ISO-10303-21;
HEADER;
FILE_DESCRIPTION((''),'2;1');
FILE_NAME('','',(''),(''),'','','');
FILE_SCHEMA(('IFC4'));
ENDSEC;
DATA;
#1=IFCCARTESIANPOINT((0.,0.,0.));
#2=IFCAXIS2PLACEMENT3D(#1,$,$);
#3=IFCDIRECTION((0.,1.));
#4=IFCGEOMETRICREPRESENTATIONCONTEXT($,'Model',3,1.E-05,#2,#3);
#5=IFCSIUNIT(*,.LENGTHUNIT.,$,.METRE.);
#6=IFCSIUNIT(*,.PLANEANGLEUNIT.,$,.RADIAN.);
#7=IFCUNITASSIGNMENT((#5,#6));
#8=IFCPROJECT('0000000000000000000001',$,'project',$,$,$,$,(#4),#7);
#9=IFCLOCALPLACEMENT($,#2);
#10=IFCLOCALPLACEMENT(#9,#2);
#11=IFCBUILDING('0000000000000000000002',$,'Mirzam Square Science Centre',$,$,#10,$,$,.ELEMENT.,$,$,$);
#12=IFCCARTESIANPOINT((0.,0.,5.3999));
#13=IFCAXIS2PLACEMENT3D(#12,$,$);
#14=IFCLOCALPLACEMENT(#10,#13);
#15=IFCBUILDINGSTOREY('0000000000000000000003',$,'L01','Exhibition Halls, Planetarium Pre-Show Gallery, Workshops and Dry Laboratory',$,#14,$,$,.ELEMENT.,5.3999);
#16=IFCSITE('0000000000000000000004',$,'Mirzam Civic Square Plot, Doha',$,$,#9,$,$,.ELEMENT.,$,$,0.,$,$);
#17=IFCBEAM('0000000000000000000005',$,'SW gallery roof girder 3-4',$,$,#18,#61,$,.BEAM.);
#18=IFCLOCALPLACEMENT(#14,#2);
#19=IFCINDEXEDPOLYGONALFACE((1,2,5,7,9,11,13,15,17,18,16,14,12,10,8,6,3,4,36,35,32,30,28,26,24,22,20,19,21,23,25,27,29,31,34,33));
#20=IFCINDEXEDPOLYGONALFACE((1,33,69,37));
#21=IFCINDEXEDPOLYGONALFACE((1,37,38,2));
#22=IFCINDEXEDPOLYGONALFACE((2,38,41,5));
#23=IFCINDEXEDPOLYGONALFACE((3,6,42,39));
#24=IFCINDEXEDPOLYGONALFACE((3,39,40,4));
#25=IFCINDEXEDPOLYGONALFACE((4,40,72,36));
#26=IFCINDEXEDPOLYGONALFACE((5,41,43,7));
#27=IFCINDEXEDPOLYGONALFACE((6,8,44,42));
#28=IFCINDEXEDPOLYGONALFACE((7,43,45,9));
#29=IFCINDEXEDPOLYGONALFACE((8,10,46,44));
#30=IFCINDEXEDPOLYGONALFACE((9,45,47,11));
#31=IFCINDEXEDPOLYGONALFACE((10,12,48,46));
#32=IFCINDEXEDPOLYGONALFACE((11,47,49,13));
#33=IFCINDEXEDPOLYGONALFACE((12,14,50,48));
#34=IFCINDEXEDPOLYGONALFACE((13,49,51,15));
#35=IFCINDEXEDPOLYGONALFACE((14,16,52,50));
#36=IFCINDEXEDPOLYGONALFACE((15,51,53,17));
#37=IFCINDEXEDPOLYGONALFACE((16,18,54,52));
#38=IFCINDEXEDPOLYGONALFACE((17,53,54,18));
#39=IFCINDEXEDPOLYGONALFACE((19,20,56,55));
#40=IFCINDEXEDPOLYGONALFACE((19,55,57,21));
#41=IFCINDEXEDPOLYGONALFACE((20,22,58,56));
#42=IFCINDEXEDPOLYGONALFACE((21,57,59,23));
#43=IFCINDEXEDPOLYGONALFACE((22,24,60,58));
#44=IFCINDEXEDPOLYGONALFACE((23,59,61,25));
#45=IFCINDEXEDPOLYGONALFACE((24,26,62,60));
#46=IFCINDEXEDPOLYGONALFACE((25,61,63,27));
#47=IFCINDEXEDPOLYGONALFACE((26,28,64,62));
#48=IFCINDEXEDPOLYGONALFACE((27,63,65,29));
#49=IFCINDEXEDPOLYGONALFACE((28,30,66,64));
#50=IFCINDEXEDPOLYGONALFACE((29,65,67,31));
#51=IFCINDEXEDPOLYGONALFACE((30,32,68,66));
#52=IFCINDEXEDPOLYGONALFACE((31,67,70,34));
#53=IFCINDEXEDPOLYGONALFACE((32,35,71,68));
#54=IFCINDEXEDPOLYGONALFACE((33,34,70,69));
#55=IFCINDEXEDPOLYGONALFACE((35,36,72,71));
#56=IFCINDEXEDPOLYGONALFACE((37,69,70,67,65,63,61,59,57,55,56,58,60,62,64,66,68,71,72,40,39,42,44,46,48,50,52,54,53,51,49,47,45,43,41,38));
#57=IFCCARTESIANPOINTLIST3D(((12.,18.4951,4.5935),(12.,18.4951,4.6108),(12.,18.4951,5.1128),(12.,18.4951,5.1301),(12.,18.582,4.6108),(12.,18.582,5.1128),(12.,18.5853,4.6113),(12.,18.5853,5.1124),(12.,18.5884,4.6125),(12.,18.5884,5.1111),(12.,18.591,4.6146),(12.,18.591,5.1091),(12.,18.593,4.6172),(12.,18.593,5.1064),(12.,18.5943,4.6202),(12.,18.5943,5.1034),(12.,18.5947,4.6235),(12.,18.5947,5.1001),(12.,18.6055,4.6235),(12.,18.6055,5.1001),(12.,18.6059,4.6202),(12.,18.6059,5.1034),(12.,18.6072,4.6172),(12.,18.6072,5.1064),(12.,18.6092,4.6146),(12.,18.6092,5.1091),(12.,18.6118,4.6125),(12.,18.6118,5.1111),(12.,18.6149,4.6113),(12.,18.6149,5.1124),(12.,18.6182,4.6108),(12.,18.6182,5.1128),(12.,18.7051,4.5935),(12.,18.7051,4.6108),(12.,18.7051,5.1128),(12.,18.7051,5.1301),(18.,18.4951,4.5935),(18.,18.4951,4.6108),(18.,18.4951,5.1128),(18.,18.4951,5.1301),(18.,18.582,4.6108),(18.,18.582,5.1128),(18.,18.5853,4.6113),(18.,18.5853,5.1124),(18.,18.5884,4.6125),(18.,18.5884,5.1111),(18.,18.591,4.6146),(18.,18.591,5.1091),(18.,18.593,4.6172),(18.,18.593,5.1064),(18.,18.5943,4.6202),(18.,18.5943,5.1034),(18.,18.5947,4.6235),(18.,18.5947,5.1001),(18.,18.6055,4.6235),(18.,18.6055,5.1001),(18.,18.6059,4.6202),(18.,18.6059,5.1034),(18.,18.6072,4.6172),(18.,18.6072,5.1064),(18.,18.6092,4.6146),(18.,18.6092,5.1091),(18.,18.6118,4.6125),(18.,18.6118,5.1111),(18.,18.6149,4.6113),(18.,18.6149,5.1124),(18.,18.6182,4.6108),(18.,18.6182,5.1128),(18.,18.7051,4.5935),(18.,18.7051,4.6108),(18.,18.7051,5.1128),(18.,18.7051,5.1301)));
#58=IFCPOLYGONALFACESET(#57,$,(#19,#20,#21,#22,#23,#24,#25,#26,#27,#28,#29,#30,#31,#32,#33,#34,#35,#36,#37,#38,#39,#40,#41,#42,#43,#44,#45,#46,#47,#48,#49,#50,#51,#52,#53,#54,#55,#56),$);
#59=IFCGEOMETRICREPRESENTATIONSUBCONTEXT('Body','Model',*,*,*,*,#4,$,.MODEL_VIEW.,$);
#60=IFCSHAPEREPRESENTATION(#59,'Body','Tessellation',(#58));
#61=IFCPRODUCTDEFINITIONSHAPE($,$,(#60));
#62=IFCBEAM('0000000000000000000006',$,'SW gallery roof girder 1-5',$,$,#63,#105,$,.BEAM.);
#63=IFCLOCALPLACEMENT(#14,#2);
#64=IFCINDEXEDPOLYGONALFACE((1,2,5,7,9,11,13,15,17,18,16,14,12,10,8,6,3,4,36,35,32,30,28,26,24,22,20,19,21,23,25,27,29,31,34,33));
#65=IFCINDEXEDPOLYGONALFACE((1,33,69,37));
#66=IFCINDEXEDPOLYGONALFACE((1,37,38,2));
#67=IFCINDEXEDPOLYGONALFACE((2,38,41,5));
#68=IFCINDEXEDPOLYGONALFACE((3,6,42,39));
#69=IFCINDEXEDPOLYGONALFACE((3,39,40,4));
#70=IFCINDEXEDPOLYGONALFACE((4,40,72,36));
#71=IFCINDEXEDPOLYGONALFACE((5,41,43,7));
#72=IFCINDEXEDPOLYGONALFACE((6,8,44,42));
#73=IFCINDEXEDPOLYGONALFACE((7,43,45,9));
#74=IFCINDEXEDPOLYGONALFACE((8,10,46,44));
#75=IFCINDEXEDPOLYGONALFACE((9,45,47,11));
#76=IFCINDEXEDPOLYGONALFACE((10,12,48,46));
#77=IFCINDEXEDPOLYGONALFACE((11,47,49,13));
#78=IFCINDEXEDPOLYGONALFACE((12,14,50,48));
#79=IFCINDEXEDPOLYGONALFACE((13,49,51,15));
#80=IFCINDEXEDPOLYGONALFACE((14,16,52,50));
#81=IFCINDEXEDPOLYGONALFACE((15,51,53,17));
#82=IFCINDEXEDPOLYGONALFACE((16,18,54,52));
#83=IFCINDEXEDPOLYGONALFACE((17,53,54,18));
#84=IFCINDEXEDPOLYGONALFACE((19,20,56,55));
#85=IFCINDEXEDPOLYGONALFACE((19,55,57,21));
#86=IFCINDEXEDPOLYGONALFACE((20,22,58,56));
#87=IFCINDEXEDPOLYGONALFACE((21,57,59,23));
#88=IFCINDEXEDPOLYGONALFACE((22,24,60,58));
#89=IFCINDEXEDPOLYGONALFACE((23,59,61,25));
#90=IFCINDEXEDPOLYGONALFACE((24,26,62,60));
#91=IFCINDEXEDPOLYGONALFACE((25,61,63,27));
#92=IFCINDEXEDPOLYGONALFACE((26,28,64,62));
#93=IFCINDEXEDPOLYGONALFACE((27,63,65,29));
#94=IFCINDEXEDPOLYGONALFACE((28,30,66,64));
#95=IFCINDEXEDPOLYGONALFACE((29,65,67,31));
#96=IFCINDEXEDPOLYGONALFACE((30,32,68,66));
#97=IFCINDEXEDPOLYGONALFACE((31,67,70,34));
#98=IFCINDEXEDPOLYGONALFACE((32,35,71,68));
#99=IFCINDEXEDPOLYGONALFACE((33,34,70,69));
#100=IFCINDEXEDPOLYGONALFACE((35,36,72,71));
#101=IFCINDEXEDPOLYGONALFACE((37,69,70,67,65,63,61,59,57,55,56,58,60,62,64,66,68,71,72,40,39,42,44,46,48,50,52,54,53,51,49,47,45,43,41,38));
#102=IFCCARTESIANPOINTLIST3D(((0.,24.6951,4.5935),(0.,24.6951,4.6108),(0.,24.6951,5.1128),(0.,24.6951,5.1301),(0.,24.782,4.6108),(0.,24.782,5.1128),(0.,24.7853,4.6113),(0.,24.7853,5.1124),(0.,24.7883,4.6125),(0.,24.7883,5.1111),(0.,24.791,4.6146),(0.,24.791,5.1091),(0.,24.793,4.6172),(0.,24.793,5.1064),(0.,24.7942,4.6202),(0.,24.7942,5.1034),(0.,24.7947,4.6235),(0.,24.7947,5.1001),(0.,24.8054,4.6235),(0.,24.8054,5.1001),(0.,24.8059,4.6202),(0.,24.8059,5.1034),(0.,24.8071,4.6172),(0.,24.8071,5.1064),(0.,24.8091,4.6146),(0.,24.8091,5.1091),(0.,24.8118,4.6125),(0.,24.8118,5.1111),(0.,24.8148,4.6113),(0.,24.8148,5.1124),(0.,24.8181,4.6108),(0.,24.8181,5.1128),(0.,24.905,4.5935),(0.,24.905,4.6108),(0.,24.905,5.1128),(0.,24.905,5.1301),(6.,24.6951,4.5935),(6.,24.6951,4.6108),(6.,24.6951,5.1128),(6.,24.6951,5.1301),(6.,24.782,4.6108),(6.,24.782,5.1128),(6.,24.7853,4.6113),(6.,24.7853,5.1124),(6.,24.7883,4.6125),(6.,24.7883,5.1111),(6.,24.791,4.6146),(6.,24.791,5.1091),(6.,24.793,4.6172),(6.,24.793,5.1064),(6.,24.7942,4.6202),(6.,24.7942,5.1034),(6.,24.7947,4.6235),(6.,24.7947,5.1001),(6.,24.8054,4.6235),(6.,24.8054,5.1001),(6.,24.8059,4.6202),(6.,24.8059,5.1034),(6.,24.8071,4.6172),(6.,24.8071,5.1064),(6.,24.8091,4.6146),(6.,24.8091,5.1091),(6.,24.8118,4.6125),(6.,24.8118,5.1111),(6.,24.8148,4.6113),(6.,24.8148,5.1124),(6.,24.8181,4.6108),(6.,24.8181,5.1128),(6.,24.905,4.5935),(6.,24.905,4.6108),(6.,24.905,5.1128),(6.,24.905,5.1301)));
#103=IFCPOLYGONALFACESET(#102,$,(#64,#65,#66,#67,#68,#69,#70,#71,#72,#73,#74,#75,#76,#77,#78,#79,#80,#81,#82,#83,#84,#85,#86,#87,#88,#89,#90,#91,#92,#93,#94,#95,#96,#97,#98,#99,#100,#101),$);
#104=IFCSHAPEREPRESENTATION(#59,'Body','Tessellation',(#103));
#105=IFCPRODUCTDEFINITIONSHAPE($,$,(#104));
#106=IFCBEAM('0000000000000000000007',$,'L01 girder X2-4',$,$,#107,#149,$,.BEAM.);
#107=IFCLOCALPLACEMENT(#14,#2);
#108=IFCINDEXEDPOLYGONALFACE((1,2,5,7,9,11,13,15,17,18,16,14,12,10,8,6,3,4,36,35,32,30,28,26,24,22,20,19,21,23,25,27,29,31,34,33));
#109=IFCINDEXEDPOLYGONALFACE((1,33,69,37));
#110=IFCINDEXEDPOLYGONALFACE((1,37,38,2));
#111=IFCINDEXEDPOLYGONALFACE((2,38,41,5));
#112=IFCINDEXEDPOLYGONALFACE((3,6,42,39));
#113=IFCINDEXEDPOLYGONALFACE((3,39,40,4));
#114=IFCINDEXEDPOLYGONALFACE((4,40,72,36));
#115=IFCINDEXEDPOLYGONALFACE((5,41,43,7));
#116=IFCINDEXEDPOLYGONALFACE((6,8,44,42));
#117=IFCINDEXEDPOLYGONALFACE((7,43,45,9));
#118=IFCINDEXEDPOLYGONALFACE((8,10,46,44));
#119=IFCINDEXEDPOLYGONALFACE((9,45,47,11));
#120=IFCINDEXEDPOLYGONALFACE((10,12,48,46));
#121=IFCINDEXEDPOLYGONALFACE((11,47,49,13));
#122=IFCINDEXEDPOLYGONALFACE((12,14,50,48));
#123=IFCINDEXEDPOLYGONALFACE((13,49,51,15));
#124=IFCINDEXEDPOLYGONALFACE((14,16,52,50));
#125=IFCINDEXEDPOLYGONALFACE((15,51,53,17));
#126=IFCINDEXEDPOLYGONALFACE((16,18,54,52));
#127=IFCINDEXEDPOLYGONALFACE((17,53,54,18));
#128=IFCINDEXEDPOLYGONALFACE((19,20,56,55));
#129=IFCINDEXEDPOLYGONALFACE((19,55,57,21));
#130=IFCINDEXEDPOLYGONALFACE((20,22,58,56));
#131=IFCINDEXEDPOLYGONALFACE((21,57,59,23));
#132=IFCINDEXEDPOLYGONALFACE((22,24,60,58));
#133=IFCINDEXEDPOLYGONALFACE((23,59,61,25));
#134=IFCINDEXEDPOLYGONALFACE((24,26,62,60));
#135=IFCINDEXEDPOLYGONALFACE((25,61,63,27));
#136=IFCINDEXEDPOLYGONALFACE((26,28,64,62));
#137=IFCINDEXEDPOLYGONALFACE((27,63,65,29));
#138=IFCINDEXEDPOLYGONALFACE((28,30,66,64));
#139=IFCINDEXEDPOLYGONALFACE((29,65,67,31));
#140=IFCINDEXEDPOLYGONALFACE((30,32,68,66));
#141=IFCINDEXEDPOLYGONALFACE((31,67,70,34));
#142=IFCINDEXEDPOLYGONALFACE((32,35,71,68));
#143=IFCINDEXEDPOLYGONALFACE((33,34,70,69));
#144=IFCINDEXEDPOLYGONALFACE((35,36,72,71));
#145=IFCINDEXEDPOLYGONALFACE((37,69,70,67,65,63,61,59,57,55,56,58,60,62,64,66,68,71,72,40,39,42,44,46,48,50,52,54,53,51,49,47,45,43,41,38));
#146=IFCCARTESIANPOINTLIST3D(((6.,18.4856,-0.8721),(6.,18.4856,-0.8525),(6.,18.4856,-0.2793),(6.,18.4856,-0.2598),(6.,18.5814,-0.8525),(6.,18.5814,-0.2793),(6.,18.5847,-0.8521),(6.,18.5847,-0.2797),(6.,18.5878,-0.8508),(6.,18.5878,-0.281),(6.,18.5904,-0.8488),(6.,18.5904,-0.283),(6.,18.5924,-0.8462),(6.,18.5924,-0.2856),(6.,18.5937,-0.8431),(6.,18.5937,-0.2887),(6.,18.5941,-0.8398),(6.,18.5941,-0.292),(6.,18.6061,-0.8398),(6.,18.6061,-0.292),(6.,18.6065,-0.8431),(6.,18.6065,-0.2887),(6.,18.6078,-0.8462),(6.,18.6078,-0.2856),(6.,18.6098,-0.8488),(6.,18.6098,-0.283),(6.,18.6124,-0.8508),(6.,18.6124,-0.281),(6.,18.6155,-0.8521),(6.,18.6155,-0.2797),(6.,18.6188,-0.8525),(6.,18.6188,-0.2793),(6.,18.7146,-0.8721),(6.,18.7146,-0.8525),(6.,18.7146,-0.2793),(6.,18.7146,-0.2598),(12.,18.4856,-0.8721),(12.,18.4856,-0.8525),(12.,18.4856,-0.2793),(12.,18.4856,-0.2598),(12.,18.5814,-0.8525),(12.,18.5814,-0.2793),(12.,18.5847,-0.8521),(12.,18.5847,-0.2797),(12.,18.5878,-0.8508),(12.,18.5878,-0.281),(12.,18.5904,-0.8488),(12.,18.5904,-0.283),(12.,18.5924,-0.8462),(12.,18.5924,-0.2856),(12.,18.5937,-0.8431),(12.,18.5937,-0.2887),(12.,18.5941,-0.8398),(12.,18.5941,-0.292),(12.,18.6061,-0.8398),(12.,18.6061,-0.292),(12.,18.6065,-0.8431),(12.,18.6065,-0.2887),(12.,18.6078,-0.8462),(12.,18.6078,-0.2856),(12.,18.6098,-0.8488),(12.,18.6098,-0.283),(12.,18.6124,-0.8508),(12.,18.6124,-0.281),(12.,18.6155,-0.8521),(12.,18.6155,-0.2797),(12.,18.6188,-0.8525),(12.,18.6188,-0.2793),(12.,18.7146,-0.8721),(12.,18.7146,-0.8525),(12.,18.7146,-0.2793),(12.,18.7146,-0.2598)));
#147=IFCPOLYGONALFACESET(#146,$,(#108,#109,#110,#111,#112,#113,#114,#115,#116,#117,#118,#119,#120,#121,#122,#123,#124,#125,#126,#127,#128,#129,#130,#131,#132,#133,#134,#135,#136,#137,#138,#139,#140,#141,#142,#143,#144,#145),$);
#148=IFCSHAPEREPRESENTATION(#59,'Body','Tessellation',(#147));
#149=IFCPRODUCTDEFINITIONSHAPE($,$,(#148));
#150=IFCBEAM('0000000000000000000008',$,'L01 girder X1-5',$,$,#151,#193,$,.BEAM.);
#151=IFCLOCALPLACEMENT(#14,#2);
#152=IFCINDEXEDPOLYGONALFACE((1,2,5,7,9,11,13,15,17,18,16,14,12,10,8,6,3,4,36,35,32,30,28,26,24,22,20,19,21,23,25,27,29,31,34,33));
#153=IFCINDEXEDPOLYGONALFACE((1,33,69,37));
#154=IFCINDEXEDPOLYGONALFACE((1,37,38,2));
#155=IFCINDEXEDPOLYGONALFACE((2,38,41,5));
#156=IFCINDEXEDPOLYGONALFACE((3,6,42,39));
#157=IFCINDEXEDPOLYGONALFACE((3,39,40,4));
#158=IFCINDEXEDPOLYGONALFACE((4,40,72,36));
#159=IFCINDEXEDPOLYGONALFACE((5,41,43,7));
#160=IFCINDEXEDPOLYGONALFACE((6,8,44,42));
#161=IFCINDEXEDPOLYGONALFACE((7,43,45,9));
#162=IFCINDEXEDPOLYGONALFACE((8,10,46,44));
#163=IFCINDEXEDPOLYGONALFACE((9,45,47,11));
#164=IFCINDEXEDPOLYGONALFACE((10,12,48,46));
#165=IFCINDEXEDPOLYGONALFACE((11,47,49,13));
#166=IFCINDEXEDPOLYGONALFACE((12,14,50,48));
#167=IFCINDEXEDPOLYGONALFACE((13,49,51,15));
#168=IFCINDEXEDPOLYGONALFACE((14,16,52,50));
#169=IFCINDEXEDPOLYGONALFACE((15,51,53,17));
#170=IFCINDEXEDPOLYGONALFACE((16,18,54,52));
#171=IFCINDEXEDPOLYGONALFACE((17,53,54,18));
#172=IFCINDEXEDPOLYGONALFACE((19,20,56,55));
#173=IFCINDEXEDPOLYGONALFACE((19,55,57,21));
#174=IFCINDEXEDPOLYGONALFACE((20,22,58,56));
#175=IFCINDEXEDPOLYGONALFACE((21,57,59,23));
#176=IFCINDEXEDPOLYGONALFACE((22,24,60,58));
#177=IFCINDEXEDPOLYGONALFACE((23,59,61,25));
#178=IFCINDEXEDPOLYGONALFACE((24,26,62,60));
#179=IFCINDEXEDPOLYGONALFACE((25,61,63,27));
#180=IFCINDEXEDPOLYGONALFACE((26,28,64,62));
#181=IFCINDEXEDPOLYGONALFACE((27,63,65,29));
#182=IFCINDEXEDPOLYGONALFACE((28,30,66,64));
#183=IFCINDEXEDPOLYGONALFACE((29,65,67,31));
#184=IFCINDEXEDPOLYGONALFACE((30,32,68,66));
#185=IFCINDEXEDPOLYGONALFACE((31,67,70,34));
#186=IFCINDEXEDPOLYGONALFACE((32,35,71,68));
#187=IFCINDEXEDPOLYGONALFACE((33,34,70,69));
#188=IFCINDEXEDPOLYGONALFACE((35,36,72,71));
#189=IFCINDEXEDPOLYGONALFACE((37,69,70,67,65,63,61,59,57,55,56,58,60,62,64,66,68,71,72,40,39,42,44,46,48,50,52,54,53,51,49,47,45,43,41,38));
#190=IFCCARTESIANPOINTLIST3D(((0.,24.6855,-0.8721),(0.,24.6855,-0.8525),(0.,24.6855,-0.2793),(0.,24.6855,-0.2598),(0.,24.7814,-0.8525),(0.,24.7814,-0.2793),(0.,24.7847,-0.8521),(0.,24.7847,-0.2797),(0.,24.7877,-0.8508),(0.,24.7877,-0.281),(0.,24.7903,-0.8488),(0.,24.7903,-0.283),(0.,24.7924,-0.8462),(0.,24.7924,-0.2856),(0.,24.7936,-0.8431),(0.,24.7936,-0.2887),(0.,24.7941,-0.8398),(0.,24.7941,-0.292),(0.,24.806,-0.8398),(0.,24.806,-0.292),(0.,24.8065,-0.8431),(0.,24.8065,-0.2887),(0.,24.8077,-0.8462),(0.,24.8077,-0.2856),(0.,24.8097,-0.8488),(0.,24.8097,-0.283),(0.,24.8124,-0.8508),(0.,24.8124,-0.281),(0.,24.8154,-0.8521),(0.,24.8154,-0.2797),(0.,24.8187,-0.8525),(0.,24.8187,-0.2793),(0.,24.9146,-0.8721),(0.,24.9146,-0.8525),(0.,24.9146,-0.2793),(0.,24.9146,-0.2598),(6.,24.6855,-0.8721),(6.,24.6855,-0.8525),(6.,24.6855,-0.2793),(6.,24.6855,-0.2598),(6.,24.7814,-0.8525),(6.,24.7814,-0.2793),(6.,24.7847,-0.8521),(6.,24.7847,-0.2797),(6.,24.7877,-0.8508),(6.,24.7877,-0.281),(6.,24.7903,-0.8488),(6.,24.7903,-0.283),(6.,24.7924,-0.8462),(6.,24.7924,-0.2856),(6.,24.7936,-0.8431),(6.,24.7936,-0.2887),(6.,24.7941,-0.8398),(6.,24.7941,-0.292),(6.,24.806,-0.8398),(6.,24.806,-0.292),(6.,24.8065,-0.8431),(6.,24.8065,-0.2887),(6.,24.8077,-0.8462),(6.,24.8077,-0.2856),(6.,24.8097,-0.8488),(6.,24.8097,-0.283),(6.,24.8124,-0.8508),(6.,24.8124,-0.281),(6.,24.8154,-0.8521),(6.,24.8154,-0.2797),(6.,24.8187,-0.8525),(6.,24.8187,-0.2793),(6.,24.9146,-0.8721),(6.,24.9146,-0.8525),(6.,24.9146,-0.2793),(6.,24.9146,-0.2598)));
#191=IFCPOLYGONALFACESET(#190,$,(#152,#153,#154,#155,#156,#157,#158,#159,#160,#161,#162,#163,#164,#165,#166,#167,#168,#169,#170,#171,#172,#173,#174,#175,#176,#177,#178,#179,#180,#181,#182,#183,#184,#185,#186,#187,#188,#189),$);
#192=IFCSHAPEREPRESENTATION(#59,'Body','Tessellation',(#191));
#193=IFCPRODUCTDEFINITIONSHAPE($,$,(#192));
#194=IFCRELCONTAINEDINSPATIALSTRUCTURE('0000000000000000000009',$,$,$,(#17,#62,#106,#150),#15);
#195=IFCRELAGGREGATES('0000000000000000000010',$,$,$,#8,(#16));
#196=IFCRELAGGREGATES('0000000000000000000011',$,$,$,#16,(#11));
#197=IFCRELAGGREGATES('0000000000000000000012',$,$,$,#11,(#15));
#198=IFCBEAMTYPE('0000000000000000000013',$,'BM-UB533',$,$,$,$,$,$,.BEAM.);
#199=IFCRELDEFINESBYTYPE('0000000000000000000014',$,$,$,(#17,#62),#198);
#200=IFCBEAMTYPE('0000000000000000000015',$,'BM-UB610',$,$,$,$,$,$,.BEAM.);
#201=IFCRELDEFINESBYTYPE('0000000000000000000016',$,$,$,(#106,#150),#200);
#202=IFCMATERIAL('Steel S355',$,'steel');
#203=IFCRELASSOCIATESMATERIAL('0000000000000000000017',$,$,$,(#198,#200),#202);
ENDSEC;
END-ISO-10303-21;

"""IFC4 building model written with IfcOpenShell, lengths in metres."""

from ifc_helpers import new_model, si_unit, direction, frame, origin, origin_2d, place, context, subcontext, project, spatial, i_section, extrude, material, material_profile, profile_set, type_object, element, save


model = new_model("IFC4")

# Units and contexts
model_context = context("Model", 3, precision=1e-05, world=origin(), true_north=direction((0.0, 1.0)))
body_context = subcontext(model_context, "Body", "Model", "MODEL_VIEW")
ifc_project = project(units=[si_unit("LENGTHUNIT", "METRE"), si_unit("PLANEANGLEUNIT", "RADIAN")], contexts=[model_context])

# Site, building, storey
site_placement = place(None, origin())
site = spatial("IfcSite", under=ifc_project, at=site_placement, Name="Mirzam Civic Square Plot, Doha", CompositionType="ELEMENT", RefElevation=0.0)
building_placement = place(site_placement, origin())
building = spatial("IfcBuilding", under=site, at=building_placement, Name="Mirzam Square Science Centre", CompositionType="ELEMENT")
storey_placement = place(building_placement, frame((0.0, 0.0, 5.3999)))
storey = spatial("IfcBuildingStorey", under=building, at=storey_placement, Name="L01", Description="Exhibition Halls, Planetarium Pre-Show Gallery, Workshops and Dry Laboratory", CompositionType="ELEMENT", Elevation=5.3999)

# Shared definitions
ifc_material_1 = material(Name="Steel S355", Category="steel")

# Beams
ifc_material_profile_1 = material_profile(ifc_material_1, i_section(OverallWidth=0.21, OverallDepth=0.5366, WebThickness=0.0107, FlangeThickness=0.0173, FilletRadius=0.0127, at=origin_2d()), Name="533x210x101UB")
ifc_profile_set_1 = profile_set([ifc_material_profile_1], Name="Steel S355")
beam_type_1 = type_object("IfcBeamType", Name="BM-UB533", PredefinedType="BEAM", material=ifc_profile_set_1)
for number, where, z_axis, x_axis, name in (
    (1, (12.0, 18.6001, 4.8618), (1.0, 0.0, 0.0), (0.0, 1.0, 0.0), "SW gallery roof girder 3-4"),
    (2, (0.0, 24.8, 4.8618), (1.0, 0.0, 0.0), (0.0, 1.0, 0.0), "SW gallery roof girder 1-5"),
):
    element("IfcBeam", number, at=place(storey_placement, frame(where, z_axis=z_axis, x_axis=x_axis)), inside=storey, type_object=beam_type_1, Name=name, PredefinedType="BEAM", context=body_context, shape_type="SweptSolid", body=[
        extrude(i_section(OverallWidth=0.21, OverallDepth=0.5366, WebThickness=0.0107, FlangeThickness=0.0173, FilletRadius=0.0127, at=origin_2d()), origin(), (0.0, 0.0, 1.0), 6.0),
    ])
ifc_material_profile_2 = material_profile(ifc_material_1, i_section(OverallWidth=0.229, OverallDepth=0.6123, WebThickness=0.012, FlangeThickness=0.0195, FilletRadius=0.0127, at=origin_2d()), Name="610x229x125UB")
ifc_profile_set_2 = profile_set([ifc_material_profile_2], Name="Steel S355")
beam_type_2 = type_object("IfcBeamType", Name="BM-UB610", PredefinedType="BEAM", material=ifc_profile_set_2)
for number, where, z_axis, x_axis, name in (
    (3, (6.0, 18.6001, -0.5659), (1.0, 0.0, 0.0), (0.0, 1.0, 0.0), "L01 girder X2-4"),
    (4, (0.0, 24.8, -0.5659), (1.0, 0.0, 0.0), (0.0, 1.0, 0.0), "L01 girder X1-5"),
):
    element("IfcBeam", number, at=place(storey_placement, frame(where, z_axis=z_axis, x_axis=x_axis)), inside=storey, type_object=beam_type_2, Name=name, PredefinedType="BEAM", context=body_context, shape_type="SweptSolid", body=[
        extrude(i_section(OverallWidth=0.229, OverallDepth=0.6123, WebThickness=0.012, FlangeThickness=0.0195, FilletRadius=0.0127, at=origin_2d()), origin(), (0.0, 0.0, 1.0), 6.0),
    ])

save(model, "model.ifc")
